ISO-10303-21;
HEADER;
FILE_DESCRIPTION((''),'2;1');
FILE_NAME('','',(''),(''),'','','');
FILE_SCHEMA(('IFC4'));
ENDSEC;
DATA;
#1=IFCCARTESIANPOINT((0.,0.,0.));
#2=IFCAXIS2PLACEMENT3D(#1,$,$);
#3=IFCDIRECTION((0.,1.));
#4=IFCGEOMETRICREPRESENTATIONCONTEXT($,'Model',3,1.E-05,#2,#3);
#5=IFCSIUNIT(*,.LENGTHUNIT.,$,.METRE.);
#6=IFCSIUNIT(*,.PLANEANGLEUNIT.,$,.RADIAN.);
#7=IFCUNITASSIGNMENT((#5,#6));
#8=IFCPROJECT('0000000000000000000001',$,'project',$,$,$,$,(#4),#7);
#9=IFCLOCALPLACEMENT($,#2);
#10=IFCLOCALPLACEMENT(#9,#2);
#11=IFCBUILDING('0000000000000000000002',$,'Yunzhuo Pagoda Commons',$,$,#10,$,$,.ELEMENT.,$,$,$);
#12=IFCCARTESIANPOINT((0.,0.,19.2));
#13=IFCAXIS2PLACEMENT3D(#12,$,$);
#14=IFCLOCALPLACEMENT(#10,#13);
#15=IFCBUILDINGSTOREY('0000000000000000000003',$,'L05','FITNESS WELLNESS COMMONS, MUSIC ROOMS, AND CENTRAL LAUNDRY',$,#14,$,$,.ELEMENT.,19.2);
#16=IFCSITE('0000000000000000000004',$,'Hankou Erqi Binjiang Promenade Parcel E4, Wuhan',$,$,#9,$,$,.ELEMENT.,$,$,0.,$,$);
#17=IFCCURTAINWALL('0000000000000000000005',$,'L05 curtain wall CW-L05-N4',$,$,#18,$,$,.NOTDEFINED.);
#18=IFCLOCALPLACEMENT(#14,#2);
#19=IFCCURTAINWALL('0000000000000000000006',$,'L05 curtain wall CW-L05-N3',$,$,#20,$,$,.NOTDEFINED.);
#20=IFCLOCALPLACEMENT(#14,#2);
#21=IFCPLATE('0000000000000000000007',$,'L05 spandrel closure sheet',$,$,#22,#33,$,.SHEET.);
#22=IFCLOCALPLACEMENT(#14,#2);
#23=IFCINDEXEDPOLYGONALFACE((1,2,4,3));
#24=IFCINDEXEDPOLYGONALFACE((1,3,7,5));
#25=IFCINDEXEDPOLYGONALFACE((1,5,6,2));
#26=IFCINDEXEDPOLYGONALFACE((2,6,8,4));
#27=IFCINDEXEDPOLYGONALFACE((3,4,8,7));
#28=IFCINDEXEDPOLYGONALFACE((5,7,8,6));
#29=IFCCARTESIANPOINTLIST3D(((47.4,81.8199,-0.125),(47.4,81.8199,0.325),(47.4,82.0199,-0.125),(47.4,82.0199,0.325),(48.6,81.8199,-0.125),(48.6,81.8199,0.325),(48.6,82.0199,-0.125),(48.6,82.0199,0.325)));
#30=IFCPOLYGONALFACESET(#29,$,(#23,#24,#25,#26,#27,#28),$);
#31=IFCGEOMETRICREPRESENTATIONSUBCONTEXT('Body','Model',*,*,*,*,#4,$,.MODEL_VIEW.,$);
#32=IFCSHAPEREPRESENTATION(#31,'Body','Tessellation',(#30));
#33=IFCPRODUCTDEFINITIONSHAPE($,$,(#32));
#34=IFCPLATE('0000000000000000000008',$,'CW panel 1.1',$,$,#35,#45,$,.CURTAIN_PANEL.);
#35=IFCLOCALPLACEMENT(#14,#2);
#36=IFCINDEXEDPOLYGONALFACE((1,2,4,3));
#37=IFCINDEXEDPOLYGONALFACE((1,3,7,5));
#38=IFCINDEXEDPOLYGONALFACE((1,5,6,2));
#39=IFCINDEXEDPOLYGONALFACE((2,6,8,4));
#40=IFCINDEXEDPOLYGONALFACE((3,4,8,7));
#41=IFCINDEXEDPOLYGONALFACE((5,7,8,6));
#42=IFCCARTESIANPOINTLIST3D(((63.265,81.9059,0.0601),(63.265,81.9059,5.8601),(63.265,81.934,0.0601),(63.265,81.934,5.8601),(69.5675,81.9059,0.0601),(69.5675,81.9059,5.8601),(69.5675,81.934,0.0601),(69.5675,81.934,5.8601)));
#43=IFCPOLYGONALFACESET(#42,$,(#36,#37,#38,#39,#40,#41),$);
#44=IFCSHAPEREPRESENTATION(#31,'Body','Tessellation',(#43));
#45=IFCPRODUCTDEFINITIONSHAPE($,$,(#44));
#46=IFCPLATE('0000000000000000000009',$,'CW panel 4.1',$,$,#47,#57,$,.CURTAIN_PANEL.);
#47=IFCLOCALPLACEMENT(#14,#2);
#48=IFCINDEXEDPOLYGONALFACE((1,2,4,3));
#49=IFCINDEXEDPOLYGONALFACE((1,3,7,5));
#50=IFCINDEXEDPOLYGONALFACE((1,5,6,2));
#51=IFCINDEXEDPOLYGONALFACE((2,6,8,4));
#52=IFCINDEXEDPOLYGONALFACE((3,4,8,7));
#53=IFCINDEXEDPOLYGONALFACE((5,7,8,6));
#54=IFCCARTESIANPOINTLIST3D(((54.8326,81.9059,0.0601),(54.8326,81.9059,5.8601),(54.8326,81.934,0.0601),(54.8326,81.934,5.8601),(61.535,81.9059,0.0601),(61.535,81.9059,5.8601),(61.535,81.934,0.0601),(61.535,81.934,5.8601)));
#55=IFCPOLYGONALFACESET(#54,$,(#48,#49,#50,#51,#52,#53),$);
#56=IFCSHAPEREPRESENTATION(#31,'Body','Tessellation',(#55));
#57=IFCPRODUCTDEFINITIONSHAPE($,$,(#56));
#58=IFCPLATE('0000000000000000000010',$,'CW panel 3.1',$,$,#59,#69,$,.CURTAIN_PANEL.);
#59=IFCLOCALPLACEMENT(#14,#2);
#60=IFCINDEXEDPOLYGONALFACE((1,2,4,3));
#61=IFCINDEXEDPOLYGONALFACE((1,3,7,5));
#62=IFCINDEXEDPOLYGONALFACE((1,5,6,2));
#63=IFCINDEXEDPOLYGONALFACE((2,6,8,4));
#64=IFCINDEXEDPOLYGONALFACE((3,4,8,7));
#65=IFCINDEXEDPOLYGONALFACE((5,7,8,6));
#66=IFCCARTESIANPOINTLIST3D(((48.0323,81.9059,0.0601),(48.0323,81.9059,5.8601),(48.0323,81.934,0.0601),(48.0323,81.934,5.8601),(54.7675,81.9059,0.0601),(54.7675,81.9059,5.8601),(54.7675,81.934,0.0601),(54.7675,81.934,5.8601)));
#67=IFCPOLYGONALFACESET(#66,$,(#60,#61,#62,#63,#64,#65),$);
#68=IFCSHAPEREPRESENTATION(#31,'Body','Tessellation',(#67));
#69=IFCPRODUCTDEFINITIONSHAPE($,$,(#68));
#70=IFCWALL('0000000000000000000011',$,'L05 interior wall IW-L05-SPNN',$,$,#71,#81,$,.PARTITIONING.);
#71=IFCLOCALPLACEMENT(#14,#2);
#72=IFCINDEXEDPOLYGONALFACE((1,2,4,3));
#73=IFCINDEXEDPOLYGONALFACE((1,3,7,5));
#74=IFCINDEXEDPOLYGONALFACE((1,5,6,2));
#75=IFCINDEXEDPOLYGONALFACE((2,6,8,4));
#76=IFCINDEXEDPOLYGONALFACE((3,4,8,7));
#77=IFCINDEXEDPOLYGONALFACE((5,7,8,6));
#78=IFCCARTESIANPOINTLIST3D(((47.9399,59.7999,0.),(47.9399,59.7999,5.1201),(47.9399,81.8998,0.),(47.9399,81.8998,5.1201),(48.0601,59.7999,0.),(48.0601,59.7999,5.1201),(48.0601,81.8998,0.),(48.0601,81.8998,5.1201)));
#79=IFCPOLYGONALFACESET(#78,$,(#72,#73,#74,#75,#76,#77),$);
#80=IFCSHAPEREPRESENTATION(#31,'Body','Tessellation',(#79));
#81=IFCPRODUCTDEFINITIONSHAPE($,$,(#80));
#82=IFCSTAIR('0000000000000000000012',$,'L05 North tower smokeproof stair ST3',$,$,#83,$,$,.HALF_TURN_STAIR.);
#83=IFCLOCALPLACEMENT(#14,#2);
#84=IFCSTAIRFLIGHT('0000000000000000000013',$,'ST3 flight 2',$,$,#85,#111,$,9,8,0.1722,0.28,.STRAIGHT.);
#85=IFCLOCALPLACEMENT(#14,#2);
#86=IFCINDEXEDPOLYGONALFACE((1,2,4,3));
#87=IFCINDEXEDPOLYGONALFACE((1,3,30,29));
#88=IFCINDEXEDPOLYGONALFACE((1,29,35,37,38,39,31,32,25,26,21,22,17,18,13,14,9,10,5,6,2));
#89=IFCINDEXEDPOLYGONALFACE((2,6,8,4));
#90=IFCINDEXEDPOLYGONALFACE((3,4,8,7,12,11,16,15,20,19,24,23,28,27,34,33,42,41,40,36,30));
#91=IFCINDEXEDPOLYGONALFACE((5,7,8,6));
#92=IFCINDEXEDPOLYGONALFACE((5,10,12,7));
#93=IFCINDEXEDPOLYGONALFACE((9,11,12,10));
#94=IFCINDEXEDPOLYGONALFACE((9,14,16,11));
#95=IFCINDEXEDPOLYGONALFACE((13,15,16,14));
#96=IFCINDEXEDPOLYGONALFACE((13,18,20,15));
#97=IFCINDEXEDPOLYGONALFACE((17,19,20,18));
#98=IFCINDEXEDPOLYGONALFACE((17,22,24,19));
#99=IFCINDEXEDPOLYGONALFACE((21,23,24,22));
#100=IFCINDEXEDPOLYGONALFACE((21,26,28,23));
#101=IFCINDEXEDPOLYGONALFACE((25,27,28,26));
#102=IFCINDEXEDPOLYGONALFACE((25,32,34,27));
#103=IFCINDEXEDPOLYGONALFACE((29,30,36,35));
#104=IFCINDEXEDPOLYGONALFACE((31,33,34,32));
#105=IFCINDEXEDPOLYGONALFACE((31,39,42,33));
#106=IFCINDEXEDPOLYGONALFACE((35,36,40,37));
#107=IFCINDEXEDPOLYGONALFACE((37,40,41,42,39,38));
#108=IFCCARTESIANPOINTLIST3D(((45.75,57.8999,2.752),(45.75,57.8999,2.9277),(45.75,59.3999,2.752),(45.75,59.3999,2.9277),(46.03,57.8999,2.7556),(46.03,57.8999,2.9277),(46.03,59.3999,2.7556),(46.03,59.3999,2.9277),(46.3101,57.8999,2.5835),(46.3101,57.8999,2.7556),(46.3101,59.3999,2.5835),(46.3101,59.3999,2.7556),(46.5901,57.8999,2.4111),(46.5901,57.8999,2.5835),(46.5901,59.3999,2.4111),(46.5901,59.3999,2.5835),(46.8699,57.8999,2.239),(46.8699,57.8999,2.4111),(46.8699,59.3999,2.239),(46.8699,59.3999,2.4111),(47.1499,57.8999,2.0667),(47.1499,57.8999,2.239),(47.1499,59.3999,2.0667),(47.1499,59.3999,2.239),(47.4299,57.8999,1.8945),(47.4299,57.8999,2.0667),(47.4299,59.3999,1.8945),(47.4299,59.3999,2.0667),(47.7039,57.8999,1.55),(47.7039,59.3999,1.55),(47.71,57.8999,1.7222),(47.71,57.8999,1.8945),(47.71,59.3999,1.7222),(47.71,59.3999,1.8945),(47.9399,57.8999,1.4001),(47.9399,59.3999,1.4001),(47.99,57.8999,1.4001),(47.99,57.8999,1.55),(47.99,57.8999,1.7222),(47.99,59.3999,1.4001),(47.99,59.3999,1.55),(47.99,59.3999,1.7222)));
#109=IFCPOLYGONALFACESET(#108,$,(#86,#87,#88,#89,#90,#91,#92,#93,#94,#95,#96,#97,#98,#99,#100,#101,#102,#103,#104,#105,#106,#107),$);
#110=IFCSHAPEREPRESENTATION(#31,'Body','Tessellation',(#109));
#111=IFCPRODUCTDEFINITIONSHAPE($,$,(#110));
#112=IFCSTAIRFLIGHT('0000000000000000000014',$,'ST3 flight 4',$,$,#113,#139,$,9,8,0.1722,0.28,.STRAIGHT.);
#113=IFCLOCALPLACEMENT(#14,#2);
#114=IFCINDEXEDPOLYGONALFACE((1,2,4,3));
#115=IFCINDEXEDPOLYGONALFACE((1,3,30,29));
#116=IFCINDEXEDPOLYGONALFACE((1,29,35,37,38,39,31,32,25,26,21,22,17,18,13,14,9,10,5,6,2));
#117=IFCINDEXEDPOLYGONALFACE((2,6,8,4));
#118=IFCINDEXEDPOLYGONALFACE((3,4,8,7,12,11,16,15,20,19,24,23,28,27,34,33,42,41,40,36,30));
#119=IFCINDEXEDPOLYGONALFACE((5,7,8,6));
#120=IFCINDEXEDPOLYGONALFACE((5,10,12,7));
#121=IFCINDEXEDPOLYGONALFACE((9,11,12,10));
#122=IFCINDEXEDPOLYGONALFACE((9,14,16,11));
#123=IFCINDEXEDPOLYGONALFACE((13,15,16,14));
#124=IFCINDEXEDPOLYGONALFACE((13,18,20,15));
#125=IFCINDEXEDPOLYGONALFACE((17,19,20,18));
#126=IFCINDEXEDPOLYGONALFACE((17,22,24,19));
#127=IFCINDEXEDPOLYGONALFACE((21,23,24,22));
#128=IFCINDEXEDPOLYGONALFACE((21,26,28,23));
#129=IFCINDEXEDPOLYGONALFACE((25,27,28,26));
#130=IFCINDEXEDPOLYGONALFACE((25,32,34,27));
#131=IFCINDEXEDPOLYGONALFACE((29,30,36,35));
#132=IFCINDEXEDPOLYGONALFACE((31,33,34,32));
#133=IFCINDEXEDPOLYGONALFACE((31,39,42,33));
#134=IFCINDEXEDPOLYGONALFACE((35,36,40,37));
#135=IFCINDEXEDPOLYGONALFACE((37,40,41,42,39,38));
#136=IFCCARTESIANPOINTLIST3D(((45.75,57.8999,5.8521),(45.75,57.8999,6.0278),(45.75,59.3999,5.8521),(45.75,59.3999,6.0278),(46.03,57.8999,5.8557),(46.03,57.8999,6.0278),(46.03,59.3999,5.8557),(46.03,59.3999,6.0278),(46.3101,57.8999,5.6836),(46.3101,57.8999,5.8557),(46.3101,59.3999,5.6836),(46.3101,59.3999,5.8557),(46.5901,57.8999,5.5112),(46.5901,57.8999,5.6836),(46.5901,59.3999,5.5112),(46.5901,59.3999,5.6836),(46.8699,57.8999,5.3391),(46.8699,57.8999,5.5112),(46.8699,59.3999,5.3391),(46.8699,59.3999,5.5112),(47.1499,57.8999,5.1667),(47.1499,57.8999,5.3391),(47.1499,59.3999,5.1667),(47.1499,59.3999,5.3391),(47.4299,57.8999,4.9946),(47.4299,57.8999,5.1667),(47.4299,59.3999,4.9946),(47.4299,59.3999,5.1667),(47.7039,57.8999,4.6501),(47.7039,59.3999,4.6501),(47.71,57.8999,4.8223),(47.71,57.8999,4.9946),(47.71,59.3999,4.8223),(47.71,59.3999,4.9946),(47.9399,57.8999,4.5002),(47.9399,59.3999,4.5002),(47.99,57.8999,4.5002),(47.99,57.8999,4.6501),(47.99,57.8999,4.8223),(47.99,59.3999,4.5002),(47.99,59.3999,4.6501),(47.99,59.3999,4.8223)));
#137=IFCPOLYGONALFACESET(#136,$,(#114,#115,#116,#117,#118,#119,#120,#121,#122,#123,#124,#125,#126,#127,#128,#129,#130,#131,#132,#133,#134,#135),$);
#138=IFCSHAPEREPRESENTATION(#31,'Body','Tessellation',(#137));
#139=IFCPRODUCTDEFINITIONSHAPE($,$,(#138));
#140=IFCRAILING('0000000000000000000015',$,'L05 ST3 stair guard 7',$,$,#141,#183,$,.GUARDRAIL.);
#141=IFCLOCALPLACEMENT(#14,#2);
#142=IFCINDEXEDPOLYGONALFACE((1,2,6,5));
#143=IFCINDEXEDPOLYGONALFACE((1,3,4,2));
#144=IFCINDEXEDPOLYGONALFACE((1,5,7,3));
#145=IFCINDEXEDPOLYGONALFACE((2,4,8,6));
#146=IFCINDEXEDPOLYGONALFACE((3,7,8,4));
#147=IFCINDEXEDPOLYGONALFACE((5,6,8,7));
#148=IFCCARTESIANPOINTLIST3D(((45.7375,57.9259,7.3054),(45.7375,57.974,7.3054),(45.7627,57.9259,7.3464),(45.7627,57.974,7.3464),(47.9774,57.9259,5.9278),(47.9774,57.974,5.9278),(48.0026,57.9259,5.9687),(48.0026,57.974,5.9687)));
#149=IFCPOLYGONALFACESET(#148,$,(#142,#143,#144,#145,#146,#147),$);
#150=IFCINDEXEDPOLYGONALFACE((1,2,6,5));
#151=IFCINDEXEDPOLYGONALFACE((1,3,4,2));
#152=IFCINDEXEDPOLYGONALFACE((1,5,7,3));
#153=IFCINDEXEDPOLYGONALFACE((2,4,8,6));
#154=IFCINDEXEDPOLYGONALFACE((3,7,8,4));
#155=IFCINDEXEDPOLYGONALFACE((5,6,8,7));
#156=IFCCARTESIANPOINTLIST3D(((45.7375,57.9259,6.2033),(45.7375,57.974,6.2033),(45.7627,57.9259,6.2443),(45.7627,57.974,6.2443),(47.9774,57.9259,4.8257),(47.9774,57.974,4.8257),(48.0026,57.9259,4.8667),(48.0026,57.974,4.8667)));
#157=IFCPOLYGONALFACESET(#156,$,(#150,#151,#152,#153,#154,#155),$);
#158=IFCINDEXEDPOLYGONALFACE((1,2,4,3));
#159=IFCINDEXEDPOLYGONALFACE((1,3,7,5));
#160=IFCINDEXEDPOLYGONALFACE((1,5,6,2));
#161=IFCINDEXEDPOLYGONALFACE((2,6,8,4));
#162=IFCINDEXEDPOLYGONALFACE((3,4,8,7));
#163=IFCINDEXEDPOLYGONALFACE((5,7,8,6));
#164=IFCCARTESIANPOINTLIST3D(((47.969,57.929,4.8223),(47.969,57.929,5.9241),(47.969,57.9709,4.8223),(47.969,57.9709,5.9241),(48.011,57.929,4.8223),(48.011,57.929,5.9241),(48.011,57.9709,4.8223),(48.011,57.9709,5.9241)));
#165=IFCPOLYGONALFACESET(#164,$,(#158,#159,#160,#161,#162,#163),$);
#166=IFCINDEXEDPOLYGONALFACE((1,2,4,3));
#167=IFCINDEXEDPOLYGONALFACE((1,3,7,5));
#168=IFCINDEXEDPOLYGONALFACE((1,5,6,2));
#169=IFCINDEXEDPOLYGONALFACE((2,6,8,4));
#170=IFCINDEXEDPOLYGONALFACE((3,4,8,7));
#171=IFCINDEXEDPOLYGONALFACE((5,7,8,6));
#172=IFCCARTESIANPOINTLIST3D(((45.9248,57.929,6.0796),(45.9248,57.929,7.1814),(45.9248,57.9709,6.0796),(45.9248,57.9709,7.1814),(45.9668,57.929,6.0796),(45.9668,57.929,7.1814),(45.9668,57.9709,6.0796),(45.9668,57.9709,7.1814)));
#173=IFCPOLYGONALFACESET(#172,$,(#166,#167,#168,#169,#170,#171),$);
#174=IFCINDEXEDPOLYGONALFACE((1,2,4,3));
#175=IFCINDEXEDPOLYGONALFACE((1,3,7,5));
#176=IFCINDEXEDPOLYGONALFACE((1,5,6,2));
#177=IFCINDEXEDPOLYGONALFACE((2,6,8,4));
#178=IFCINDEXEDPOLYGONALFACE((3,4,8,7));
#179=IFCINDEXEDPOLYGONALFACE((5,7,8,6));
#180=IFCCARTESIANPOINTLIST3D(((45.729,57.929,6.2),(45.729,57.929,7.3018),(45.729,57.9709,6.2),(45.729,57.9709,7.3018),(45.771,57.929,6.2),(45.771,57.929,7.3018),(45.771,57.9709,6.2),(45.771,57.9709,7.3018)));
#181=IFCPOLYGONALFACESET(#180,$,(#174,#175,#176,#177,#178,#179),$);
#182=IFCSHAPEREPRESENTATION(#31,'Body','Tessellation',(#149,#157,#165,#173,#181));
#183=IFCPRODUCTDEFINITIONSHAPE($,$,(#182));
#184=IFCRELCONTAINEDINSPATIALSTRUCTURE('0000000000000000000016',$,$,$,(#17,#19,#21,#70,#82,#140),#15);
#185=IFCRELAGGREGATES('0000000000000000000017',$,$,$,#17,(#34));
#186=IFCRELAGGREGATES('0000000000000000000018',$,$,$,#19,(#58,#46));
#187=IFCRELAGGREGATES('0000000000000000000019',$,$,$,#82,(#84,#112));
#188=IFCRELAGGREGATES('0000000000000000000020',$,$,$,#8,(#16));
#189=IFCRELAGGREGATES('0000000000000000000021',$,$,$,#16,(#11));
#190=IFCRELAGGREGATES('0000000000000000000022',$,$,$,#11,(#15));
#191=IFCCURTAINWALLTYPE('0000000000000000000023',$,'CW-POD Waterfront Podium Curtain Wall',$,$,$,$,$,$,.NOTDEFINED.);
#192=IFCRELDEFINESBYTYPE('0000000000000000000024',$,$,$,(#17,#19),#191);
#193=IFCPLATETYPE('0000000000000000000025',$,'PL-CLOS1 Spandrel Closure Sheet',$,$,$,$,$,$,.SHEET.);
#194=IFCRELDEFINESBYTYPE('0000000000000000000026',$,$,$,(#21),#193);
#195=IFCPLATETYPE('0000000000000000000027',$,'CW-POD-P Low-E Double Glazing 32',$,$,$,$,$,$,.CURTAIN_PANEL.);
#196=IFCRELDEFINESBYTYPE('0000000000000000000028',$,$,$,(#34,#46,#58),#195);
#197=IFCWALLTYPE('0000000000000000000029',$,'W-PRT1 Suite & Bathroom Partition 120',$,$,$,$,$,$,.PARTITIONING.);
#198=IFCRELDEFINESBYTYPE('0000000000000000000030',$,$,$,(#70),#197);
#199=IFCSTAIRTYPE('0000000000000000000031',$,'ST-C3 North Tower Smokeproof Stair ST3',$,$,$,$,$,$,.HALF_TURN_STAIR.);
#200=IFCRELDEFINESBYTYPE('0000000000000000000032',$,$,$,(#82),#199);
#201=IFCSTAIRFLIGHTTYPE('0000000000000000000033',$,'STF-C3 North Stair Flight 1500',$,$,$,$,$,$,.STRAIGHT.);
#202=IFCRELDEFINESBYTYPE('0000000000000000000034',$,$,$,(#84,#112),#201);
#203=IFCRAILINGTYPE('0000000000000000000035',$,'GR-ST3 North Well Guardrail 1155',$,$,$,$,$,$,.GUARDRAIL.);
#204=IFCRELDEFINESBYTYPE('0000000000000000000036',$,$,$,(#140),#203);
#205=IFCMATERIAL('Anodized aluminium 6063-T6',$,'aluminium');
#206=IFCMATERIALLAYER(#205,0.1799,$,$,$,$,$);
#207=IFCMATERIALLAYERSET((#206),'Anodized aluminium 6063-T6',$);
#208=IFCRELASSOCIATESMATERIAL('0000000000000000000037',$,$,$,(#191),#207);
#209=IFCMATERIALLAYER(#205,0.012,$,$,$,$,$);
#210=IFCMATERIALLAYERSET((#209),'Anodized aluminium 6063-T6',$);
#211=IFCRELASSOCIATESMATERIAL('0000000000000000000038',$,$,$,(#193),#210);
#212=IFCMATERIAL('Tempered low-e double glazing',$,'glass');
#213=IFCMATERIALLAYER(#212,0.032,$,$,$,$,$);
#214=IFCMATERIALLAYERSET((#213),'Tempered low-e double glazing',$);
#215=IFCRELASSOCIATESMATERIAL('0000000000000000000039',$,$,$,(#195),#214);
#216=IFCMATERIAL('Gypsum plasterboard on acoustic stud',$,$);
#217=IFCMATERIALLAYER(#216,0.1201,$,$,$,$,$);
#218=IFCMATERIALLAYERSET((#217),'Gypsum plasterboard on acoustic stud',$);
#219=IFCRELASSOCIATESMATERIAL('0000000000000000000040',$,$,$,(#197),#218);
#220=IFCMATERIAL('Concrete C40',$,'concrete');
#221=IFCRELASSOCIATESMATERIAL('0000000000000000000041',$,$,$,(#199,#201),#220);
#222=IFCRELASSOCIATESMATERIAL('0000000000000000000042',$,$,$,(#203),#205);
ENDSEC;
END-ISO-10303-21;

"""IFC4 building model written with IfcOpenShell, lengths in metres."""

from ifc_helpers import new_model, si_unit, direction, frame, frame_2d, origin, origin_2d, place, context, subcontext, project, spatial, polyline, rectangle, outline, extrude, source, transform, mapped, material, layer, layer_set, type_object, element, aggregate, save


model = new_model("IFC4")

# Units and contexts
model_context = context("Model", 3, precision=1e-05, world=origin(), true_north=direction((0.0, 1.0)))
body_context = subcontext(model_context, "Body", "Model", "MODEL_VIEW")
ifc_project = project(units=[si_unit("LENGTHUNIT", "METRE"), si_unit("PLANEANGLEUNIT", "RADIAN")], contexts=[model_context])

# Site, building, storey
site_placement = place(None, origin())
site = spatial("IfcSite", under=ifc_project, at=site_placement, Name="Hankou Erqi Binjiang Promenade Parcel E4, Wuhan", CompositionType="ELEMENT", RefElevation=0.0)
building_placement = place(site_placement, origin())
building = spatial("IfcBuilding", under=site, at=building_placement, Name="Yunzhuo Pagoda Commons", CompositionType="ELEMENT")
storey_placement = place(building_placement, frame((0.0, 0.0, 19.2)))
storey = spatial("IfcBuildingStorey", under=building, at=storey_placement, Name="L05", Description="FITNESS WELLNESS COMMONS, MUSIC ROOMS, AND CENTRAL LAUNDRY", CompositionType="ELEMENT", Elevation=19.2)

# Curtain walls
ifc_material_1 = material(Name="Anodized aluminium 6063-T6", Category="aluminium")
ifc_layer_1 = layer(ifc_material_1, 0.1799)
ifc_layer_set_1 = layer_set([ifc_layer_1], Name="Anodized aluminium 6063-T6")
curtain_wall_type = type_object("IfcCurtainWallType", Name="CW-POD Waterfront Podium Curtain Wall", PredefinedType="NOTDEFINED", material=ifc_layer_set_1)
curtain_wall_1_placement = place(storey_placement, origin())
curtain_wall_1 = element("IfcCurtainWall", 1, at=curtain_wall_1_placement, inside=storey, type_object=curtain_wall_type, Name="L05 curtain wall CW-L05-N4", PredefinedType="NOTDEFINED")
curtain_wall_2_placement = place(storey_placement, origin())
curtain_wall_2 = element("IfcCurtainWall", 2, at=curtain_wall_2_placement, inside=storey, type_object=curtain_wall_type, Name="L05 curtain wall CW-L05-N3", PredefinedType="NOTDEFINED")

# Plates
ifc_layer_2 = layer(ifc_material_1, 0.012)
ifc_layer_set_2 = layer_set([ifc_layer_2], Name="Anodized aluminium 6063-T6")
plate_type_1 = type_object("IfcPlateType", Name="PL-CLOS1 Spandrel Closure Sheet", PredefinedType="SHEET", material=ifc_layer_set_2)
shared_shape_1 = source(origin(), body_context, "Body", "SweptSolid", [
    extrude(rectangle(XDim=1.2, YDim=0.2, at=origin_2d()), origin(), (0.0, 0.0, 1.0), 0.45),
])
plate_1_placement = place(storey_placement, frame((48.0, 81.9199, -0.125), z_axis=(0.0, 0.0, 1.0), x_axis=(1.0, 0.0, 0.0)))
element("IfcPlate", 3, at=plate_1_placement, inside=storey, type_object=plate_type_1, Name="L05 spandrel closure sheet", PredefinedType="SHEET", context=body_context, shape_type="MappedRepresentation", body=[
    mapped(shared_shape_1, transform((0.0, 0.0, 0.0), scale=1.0)),
])
ifc_material_2 = material(Name="Tempered low-e double glazing", Category="glass")
ifc_layer_3 = layer(ifc_material_2, 0.032)
ifc_layer_set_3 = layer_set([ifc_layer_3], Name="Tempered low-e double glazing")
plate_type_2 = type_object("IfcPlateType", Name="CW-POD-P Low-E Double Glazing 32", PredefinedType="CURTAIN_PANEL", material=ifc_layer_set_3)
shared_shape_2 = source(origin(), body_context, "Body", "SweptSolid", [
    extrude(rectangle(XDim=6.3025, YDim=0.0281, at=origin_2d()), origin(), (0.0, 0.0, 1.0), 5.8),
])
plate_2_placement = place(storey_placement, frame((66.4163, 81.9199, 0.0601), z_axis=(0.0, 0.0, 1.0), x_axis=(1.0, 0.0, 0.0)))
plate_2 = element("IfcPlate", 4, at=plate_2_placement, type_object=plate_type_2, Name="CW panel 1.1", PredefinedType="CURTAIN_PANEL", context=body_context, shape_type="MappedRepresentation", body=[
    mapped(shared_shape_2, transform((0.0, 0.0, 0.0), scale=1.0)),
])
aggregate(curtain_wall_1, [plate_2])
shared_shape_3 = source(origin(), body_context, "Body", "SweptSolid", [
    extrude(rectangle(XDim=6.7024, YDim=0.0281, at=origin_2d()), origin(), (0.0, 0.0, 1.0), 5.8),
])
plate_3_placement = place(storey_placement, frame((58.1838, 81.9199, 0.0601), z_axis=(0.0, 0.0, 1.0), x_axis=(1.0, 0.0, 0.0)))
plate_3 = element("IfcPlate", 5, at=plate_3_placement, type_object=plate_type_2, Name="CW panel 4.1", PredefinedType="CURTAIN_PANEL", context=body_context, shape_type="MappedRepresentation", body=[
    mapped(shared_shape_3, transform((0.0, 0.0, 0.0), scale=1.0)),
])
shared_shape_4 = source(origin(), body_context, "Body", "SweptSolid", [
    extrude(rectangle(XDim=6.7351, YDim=0.0281, at=origin_2d()), origin(), (0.0, 0.0, 1.0), 5.8),
])
plate_4_placement = place(storey_placement, frame((51.3999, 81.9199, 0.0601), z_axis=(0.0, 0.0, 1.0), x_axis=(1.0, 0.0, 0.0)))
plate_4 = element("IfcPlate", 6, at=plate_4_placement, type_object=plate_type_2, Name="CW panel 3.1", PredefinedType="CURTAIN_PANEL", context=body_context, shape_type="MappedRepresentation", body=[
    mapped(shared_shape_4, transform((0.0, 0.0, 0.0), scale=1.0)),
])
aggregate(curtain_wall_2, [plate_4, plate_3])

# Wall
ifc_material_3 = material(Name="Gypsum plasterboard on acoustic stud")
ifc_layer_4 = layer(ifc_material_3, 0.1201)
ifc_layer_set_4 = layer_set([ifc_layer_4], Name="Gypsum plasterboard on acoustic stud")
wall_type = type_object("IfcWallType", Name="W-PRT1 Suite & Bathroom Partition 120", PredefinedType="PARTITIONING", material=ifc_layer_set_4)
wall_placement = place(storey_placement, frame((48.0, 59.8, 0.0), z_axis=(0.0, 0.0, 1.0), x_axis=(0.0, 1.0, 0.0)))
element("IfcWall", 7, at=wall_placement, inside=storey, type_object=wall_type, Name="L05 interior wall IW-L05-SPNN", PredefinedType="PARTITIONING", context=body_context, shape_type="SweptSolid", body=[
    extrude(rectangle(XDim=22.0999, YDim=0.1201, at=frame_2d((11.0498, 0.0))), origin(), (0.0, 0.0, 1.0), 5.1201),
])

# Stair, stair flights
ifc_material_4 = material(Name="Concrete C40", Category="concrete")
stair_type = type_object("IfcStairType", Name="ST-C3 North Tower Smokeproof Stair ST3", PredefinedType="HALF_TURN_STAIR", material=ifc_material_4)
stair_placement = place(storey_placement, origin())
stair = element("IfcStair", 8, at=stair_placement, inside=storey, type_object=stair_type, Name="L05 North tower smokeproof stair ST3", PredefinedType="HALF_TURN_STAIR")
stair_flight_type = type_object("IfcStairFlightType", Name="STF-C3 North Stair Flight 1500", PredefinedType="STRAIGHT", material=ifc_material_4)
shared_shape_5 = source(origin(), body_context, "Body", "SweptSolid", [
    extrude(outline(polyline([(0.0, -0.1499), (0.0, 0.0), (0.0, 0.1721), (0.28, 0.1721), (0.28, 0.3445), (0.5601, 0.3445), (0.5601, 0.5166), (0.8401, 0.5166), (0.8401, 0.689), (1.1201, 0.689), (1.1201, 0.8611), (1.3999, 0.8611), (1.3999, 1.0334), (1.6799, 1.0334), (1.6799, 1.2056), (1.96, 1.2056), (1.96, 1.3777), (2.24, 1.3777), (2.24, 1.55), (2.24, 1.2019), (0.2861, 0.0), (0.05, -0.1499), (0.0, -0.1499)])), frame((0.0, 0.75, 0.0), z_axis=(0.0, -1.0, 0.0), x_axis=(1.0, 0.0, 0.0)), (0.0, 0.0, 1.0), 1.5),
])
stair_flight_1_placement = place(storey_placement, frame((47.99, 58.6499, 1.55), z_axis=(0.0, 0.0, 1.0), x_axis=(-1.0, 0.0, 0.0)))
stair_flight_1 = element("IfcStairFlight", 9, at=stair_flight_1_placement, type_object=stair_flight_type, Name="ST3 flight 2", NumberOfRisers=9, NumberOfTreads=8, PredefinedType="STRAIGHT", RiserHeight=0.1722, TreadLength=0.28, context=body_context, shape_type="MappedRepresentation", body=[
    mapped(shared_shape_5, transform((0.0, 0.0, 0.0), scale=1.0)),
])
stair_flight_2_placement = place(storey_placement, frame((47.99, 58.6499, 4.6501), z_axis=(0.0, 0.0, 1.0), x_axis=(-1.0, 0.0, 0.0)))
stair_flight_2 = element("IfcStairFlight", 10, at=stair_flight_2_placement, type_object=stair_flight_type, Name="ST3 flight 4", NumberOfRisers=9, NumberOfTreads=8, PredefinedType="STRAIGHT", RiserHeight=0.1722, TreadLength=0.28, context=body_context, shape_type="MappedRepresentation", body=[
    mapped(shared_shape_5, transform((0.0, 0.0, 0.0), scale=1.0)),
])
aggregate(stair, [stair_flight_1, stair_flight_2])

# Railing
railing_type_1 = type_object("IfcRailingType", Name="GR-ST3 North Well Guardrail 1155", PredefinedType="GUARDRAIL", material=ifc_material_1)
railing_1_placement = place(storey_placement, frame((47.99, 57.95, 4.8223)))
element("IfcRailing", 11, at=railing_1_placement, inside=storey, type_object=railing_type_1, Name="L05 ST3 stair guard 7", PredefinedType="GUARDRAIL", context=body_context, shape_type="SweptSolid", body=[
    extrude(rectangle(XDim=0.0481, YDim=0.0481, at=origin_2d()), frame((0.0, 0.0, 1.126), z_axis=(-0.851789, 0.0, 0.523885), x_axis=(0.0, -1.0, 0.0)), (0.0, 0.0, 1.0), 2.6296),
    extrude(rectangle(XDim=0.0481, YDim=0.0481, at=origin_2d()), frame((0.0, 0.0, 0.0239), z_axis=(-0.851789, 0.0, 0.523885), x_axis=(0.0, -1.0, 0.0)), (0.0, 0.0, 1.0), 2.6296),
    extrude(rectangle(XDim=0.042, YDim=0.042, at=origin_2d()), origin(), (0.0, 0.0, 1.0), 1.1018),
    extrude(rectangle(XDim=0.042, YDim=0.042, at=origin_2d()), frame((-2.0442, 0.0, 1.2573)), (0.0, 0.0, 1.0), 1.1018),
    extrude(rectangle(XDim=0.042, YDim=0.042, at=origin_2d()), frame((-2.24, 0.0, 1.3777)), (0.0, 0.0, 1.0), 1.1018),
])

save(model, "model.ifc")
